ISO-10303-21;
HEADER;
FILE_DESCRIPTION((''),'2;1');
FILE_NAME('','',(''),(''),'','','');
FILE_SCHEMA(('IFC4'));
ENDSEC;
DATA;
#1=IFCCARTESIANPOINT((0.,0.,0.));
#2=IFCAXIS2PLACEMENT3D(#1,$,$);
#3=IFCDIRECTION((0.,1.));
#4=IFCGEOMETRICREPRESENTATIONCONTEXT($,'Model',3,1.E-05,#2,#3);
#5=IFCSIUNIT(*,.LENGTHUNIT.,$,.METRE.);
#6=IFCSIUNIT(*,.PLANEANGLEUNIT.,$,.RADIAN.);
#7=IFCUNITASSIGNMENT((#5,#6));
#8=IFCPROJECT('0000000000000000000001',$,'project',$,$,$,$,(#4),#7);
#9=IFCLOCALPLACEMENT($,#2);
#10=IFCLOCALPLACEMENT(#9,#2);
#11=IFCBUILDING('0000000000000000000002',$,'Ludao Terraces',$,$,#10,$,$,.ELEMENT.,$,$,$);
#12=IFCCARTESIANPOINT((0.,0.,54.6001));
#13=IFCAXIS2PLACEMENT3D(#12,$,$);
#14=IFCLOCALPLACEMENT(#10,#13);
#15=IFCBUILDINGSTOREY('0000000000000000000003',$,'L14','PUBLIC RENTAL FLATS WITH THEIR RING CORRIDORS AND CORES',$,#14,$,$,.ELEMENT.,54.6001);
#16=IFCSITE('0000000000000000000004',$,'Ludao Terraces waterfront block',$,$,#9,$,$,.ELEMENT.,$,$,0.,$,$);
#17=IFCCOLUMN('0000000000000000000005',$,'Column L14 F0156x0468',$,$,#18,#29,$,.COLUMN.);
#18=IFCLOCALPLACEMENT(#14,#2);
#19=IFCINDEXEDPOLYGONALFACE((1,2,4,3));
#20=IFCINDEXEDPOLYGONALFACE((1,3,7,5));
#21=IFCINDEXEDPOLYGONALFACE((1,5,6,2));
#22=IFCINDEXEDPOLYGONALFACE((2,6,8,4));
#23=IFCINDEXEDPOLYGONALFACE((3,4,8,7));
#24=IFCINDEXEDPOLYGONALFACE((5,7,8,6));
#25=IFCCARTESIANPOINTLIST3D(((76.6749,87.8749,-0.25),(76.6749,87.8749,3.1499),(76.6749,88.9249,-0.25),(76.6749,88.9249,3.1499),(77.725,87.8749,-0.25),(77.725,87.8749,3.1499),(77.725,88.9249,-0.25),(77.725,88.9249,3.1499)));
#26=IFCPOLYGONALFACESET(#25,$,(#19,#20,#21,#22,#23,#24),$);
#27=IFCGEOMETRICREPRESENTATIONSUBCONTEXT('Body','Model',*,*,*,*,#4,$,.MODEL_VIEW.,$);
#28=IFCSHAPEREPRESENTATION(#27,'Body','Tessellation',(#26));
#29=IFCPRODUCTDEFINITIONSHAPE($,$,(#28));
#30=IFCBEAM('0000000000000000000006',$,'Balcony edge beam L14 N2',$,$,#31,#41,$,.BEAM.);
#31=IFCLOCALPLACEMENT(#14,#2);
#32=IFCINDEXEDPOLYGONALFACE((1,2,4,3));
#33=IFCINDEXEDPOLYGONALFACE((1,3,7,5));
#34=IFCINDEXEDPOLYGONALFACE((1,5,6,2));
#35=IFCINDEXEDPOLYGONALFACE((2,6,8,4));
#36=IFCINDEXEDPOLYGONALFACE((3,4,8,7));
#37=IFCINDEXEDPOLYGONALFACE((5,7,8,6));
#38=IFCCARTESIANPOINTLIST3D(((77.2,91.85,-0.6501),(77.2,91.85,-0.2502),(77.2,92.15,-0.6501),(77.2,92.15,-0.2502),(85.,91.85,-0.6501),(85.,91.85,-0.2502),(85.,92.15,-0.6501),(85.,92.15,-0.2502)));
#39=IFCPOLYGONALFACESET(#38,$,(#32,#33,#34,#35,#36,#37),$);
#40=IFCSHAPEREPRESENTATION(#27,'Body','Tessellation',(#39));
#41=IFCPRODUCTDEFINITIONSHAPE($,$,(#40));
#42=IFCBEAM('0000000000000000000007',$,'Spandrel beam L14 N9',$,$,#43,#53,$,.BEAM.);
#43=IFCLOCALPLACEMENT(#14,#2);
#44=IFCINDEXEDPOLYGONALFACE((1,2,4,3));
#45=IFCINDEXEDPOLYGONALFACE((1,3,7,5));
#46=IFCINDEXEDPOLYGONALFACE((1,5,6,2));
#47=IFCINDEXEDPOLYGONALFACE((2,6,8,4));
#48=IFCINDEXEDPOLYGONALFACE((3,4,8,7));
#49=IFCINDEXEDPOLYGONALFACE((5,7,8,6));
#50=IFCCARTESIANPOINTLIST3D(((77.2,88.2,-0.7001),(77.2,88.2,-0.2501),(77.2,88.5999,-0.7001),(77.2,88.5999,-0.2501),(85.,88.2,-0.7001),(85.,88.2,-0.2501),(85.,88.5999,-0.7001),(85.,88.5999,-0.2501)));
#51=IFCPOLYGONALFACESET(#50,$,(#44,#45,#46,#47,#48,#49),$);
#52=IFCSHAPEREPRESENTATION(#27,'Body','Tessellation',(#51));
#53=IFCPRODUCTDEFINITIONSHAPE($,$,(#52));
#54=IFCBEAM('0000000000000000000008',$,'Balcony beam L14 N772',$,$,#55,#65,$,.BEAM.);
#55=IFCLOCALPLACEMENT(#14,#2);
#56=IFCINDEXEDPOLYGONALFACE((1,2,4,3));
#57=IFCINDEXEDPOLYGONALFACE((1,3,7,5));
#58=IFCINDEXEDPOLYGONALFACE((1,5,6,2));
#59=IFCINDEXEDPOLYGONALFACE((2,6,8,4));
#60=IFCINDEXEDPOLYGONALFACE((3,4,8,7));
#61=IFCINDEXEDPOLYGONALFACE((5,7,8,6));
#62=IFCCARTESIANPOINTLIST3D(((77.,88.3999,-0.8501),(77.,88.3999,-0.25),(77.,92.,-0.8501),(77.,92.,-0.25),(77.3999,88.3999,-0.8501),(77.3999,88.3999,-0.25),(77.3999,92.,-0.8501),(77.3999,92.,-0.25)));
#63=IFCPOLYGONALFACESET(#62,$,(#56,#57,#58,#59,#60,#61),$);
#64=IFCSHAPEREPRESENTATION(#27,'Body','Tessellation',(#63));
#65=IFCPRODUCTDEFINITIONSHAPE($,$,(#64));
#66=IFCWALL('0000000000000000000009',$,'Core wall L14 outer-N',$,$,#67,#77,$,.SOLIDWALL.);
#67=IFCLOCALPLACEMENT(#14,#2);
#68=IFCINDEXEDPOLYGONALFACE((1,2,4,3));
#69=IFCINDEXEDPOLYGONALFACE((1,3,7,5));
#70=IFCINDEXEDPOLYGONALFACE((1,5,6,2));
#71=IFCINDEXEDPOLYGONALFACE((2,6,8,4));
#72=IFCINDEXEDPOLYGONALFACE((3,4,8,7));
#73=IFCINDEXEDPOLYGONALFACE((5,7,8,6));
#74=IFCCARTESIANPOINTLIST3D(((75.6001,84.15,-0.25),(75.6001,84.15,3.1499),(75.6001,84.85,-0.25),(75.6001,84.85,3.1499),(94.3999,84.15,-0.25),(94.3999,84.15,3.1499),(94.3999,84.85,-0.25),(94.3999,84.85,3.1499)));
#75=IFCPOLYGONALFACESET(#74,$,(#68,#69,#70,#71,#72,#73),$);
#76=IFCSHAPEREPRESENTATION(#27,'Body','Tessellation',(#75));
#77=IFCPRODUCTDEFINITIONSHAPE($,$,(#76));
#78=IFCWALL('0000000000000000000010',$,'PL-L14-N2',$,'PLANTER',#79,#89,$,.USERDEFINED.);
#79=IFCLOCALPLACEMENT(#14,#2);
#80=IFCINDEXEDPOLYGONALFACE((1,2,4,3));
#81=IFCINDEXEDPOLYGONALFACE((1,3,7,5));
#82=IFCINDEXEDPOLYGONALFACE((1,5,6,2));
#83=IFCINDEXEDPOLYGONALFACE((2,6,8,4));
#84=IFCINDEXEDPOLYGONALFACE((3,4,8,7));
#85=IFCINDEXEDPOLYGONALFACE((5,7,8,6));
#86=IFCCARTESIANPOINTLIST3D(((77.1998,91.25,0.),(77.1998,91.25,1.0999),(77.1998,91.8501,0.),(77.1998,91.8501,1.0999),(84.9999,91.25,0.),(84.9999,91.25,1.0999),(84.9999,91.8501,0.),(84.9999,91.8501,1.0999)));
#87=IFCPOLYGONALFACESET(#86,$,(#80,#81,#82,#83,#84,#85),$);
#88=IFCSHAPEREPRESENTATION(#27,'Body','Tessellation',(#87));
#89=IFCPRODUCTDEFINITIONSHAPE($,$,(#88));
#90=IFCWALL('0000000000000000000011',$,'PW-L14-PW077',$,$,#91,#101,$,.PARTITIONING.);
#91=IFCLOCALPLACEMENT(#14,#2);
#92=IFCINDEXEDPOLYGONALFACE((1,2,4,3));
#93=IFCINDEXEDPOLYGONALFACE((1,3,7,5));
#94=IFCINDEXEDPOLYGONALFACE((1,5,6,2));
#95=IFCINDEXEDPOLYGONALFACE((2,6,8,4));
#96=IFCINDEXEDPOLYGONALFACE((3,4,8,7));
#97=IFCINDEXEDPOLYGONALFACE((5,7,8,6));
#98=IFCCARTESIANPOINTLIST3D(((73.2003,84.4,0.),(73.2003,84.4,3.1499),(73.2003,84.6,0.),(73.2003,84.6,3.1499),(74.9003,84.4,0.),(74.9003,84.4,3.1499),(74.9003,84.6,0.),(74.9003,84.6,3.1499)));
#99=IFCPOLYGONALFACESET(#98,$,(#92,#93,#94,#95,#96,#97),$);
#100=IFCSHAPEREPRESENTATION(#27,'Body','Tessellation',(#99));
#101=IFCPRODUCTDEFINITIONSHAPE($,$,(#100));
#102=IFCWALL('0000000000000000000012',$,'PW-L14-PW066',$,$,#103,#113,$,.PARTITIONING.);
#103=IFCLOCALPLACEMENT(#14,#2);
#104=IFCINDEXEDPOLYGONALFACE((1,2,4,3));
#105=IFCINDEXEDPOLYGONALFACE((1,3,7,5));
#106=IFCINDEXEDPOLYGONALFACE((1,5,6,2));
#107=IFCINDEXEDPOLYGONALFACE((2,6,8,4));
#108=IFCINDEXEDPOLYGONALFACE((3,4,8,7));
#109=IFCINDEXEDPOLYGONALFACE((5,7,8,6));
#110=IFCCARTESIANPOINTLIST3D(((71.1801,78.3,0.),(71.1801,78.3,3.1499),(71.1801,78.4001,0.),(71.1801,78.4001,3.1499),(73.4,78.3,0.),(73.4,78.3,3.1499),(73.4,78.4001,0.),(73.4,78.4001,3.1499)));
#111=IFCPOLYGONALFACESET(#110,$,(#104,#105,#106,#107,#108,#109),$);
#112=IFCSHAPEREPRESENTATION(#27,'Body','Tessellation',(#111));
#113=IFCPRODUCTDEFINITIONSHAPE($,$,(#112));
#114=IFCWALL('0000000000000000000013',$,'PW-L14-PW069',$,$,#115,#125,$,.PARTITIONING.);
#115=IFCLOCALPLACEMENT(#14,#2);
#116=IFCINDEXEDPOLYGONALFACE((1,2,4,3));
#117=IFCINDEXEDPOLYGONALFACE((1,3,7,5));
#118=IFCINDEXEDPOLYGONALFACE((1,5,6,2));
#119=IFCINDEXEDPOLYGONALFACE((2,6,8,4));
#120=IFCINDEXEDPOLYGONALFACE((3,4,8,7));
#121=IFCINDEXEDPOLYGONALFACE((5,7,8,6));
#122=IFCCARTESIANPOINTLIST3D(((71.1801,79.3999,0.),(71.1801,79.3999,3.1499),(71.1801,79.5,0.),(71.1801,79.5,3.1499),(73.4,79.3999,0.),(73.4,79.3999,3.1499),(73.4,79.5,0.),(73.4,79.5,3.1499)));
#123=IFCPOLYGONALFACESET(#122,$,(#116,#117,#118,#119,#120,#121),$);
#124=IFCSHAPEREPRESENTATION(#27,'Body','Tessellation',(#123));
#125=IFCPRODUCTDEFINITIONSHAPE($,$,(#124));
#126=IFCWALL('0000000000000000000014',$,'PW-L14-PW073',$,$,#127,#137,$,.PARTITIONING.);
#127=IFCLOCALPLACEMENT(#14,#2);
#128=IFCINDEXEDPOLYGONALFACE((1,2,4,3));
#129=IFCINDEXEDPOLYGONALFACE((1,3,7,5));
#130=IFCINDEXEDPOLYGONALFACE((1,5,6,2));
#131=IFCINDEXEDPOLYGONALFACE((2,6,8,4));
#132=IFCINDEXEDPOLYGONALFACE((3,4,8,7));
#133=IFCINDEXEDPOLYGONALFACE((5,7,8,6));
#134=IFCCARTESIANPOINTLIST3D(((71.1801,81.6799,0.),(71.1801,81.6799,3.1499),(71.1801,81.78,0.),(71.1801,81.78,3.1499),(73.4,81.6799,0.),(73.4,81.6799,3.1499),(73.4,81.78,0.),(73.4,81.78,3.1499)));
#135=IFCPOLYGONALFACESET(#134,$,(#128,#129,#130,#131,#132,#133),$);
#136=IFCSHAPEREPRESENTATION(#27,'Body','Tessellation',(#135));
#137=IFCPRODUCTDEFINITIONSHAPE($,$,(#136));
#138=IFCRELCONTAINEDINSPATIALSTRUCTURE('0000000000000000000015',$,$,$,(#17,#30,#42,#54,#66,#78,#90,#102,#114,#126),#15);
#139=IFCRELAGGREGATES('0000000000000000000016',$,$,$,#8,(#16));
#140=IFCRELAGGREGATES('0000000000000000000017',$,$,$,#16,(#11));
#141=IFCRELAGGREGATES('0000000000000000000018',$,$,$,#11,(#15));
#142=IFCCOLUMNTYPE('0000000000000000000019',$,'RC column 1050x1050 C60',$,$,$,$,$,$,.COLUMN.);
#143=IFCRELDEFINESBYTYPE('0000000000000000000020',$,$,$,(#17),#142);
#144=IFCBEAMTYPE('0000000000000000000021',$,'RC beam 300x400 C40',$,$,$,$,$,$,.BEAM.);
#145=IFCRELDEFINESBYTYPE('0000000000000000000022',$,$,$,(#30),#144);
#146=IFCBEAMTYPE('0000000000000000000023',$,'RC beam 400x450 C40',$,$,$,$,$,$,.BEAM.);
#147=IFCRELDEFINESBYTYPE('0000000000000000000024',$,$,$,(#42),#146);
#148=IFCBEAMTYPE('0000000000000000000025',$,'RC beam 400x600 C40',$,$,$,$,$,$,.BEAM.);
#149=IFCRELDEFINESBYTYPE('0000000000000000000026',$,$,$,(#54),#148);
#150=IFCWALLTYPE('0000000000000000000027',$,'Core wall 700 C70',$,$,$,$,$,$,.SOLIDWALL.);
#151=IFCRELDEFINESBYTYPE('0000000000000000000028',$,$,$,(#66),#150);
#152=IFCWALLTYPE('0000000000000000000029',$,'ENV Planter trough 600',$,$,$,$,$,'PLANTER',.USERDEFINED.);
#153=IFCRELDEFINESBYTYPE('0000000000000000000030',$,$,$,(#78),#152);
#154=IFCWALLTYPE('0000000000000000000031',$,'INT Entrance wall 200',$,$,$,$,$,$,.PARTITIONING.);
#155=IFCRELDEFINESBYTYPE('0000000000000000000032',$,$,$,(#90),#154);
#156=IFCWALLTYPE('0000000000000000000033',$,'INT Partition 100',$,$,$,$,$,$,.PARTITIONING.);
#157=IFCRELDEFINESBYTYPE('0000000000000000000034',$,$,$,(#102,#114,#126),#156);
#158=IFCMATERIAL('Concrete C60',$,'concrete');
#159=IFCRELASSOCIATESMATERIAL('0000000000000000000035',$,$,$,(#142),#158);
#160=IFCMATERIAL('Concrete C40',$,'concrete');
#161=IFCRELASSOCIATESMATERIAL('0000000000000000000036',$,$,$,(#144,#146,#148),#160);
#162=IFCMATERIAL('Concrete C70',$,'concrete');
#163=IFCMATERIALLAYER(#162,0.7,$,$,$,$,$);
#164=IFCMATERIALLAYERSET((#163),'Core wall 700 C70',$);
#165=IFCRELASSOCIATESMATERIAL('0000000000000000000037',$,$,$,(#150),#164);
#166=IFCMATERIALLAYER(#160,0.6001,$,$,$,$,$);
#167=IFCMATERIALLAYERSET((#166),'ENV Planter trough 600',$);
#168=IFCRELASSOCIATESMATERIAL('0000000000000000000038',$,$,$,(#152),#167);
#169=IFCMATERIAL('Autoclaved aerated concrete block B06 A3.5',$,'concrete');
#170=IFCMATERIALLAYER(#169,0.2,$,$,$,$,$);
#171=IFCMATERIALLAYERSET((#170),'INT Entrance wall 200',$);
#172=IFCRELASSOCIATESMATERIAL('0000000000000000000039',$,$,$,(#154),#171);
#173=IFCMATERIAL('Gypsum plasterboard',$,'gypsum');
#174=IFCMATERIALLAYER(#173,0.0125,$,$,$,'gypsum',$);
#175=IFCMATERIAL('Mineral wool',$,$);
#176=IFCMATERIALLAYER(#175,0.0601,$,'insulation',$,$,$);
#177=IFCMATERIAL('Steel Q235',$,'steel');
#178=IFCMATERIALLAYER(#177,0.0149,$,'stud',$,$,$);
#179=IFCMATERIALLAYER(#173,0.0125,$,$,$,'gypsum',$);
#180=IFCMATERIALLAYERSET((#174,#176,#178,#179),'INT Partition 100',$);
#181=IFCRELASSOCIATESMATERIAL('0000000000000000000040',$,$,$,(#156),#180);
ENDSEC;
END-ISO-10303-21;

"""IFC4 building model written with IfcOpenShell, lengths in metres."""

from ifc_helpers import new_model, si_unit, direction, frame, frame_2d, origin, origin_2d, place, context, subcontext, project, spatial, rectangle, extrude, material, layer, layer_set, material_profile, profile_set, type_object, element, save


model = new_model("IFC4")

# Units and contexts
model_context = context("Model", 3, precision=1e-05, world=origin(), true_north=direction((0.0, 1.0)))
body_context = subcontext(model_context, "Body", "Model", "MODEL_VIEW")
ifc_project = project(units=[si_unit("LENGTHUNIT", "METRE"), si_unit("PLANEANGLEUNIT", "RADIAN")], contexts=[model_context])

# Site, building, storey
site_placement = place(None, origin())
site = spatial("IfcSite", under=ifc_project, at=site_placement, Name="Ludao Terraces waterfront block", CompositionType="ELEMENT", RefElevation=0.0)
building_placement = place(site_placement, origin())
building = spatial("IfcBuilding", under=site, at=building_placement, Name="Ludao Terraces", CompositionType="ELEMENT")
storey_placement = place(building_placement, frame((0.0, 0.0, 54.6001)))
storey = spatial("IfcBuildingStorey", under=building, at=storey_placement, Name="L14", Description="PUBLIC RENTAL FLATS WITH THEIR RING CORRIDORS AND CORES", CompositionType="ELEMENT", Elevation=54.6001)

# Column
ifc_material_1 = material(Name="Concrete C60", Category="concrete")
ifc_material_profile_1 = material_profile(ifc_material_1, rectangle(XDim=1.05, YDim=1.05, at=origin_2d()), Name="1050 X 1050")
ifc_profile_set_1 = profile_set([ifc_material_profile_1], Name="Concrete C60")
column_type = type_object("IfcColumnType", Name="RC column 1050x1050 C60", PredefinedType="COLUMN", material=ifc_profile_set_1)
column_placement = place(storey_placement, frame((77.2, 88.3999, -0.25), z_axis=(0.0, 0.0, 1.0), x_axis=(1.0, 0.0, 0.0)))
element("IfcColumn", 1, at=column_placement, inside=storey, type_object=column_type, Name="Column L14 F0156x0468", PredefinedType="COLUMN", context=body_context, shape_type="SweptSolid", body=[
    extrude(rectangle(XDim=1.05, YDim=1.05, at=origin_2d()), origin(), (0.0, 0.0, 1.0), 3.3999),
])

# Beams
ifc_material_2 = material(Name="Concrete C40", Category="concrete")
ifc_material_profile_2 = material_profile(ifc_material_2, rectangle(XDim=0.3, YDim=0.3999, at=origin_2d()), Name="300 X 400")
ifc_profile_set_2 = profile_set([ifc_material_profile_2], Name="Concrete C40")
beam_type_1 = type_object("IfcBeamType", Name="RC beam 300x400 C40", PredefinedType="BEAM", material=ifc_profile_set_2)
beam_1_placement = place(storey_placement, frame((77.2, 92.0, -0.4502), z_axis=(1.0, 0.0, 0.0), x_axis=(0.0, 1.0, 0.0)))
element("IfcBeam", 2, at=beam_1_placement, inside=storey, type_object=beam_type_1, Name="Balcony edge beam L14 N2", PredefinedType="BEAM", context=body_context, shape_type="SweptSolid", body=[
    extrude(rectangle(XDim=0.3, YDim=0.3999, at=origin_2d()), origin(), (0.0, 0.0, 1.0), 7.8),
])
ifc_material_profile_3 = material_profile(ifc_material_2, rectangle(XDim=0.3999, YDim=0.45, at=origin_2d()), Name="400 X 450")
ifc_profile_set_3 = profile_set([ifc_material_profile_3], Name="Concrete C40")
beam_type_2 = type_object("IfcBeamType", Name="RC beam 400x450 C40", PredefinedType="BEAM", material=ifc_profile_set_3)
beam_2_placement = place(storey_placement, frame((77.2, 88.3999, -0.4751), z_axis=(1.0, 0.0, 0.0), x_axis=(0.0, 1.0, 0.0)))
element("IfcBeam", 3, at=beam_2_placement, inside=storey, type_object=beam_type_2, Name="Spandrel beam L14 N9", PredefinedType="BEAM", context=body_context, shape_type="SweptSolid", body=[
    extrude(rectangle(XDim=0.3999, YDim=0.45, at=origin_2d()), origin(), (0.0, 0.0, 1.0), 7.8),
])
ifc_material_profile_4 = material_profile(ifc_material_2, rectangle(XDim=0.3999, YDim=0.6001, at=origin_2d()), Name="400 X 600")
ifc_profile_set_4 = profile_set([ifc_material_profile_4], Name="Concrete C40")
beam_type_3 = type_object("IfcBeamType", Name="RC beam 400x600 C40", PredefinedType="BEAM", material=ifc_profile_set_4)
beam_3_placement = place(storey_placement, frame((77.2, 88.3999, -0.55), z_axis=(0.0, 1.0, 0.0), x_axis=(-1.0, 0.0, 0.0)))
element("IfcBeam", 4, at=beam_3_placement, inside=storey, type_object=beam_type_3, Name="Balcony beam L14 N772", PredefinedType="BEAM", context=body_context, shape_type="SweptSolid", body=[
    extrude(rectangle(XDim=0.3999, YDim=0.6001, at=origin_2d()), origin(), (0.0, 0.0, 1.0), 3.6001),
])

# Walls
ifc_material_3 = material(Name="Concrete C70", Category="concrete")
ifc_layer_1 = layer(ifc_material_3, 0.7)
ifc_layer_set_1 = layer_set([ifc_layer_1], Name="Core wall 700 C70")
wall_type_1 = type_object("IfcWallType", Name="Core wall 700 C70", PredefinedType="SOLIDWALL", material=ifc_layer_set_1)
wall_1_placement = place(storey_placement, frame((75.6001, 84.5, -0.25), z_axis=(0.0, 0.0, 1.0), x_axis=(1.0, 0.0, 0.0)))
element("IfcWall", 5, at=wall_1_placement, inside=storey, type_object=wall_type_1, Name="Core wall L14 outer-N", PredefinedType="SOLIDWALL", context=body_context, shape_type="SweptSolid", body=[
    extrude(rectangle(XDim=18.7998, YDim=0.7, at=frame_2d((9.3999, 0.0))), origin(), (0.0, 0.0, 1.0), 3.3999),
])
ifc_layer_2 = layer(ifc_material_2, 0.6001)
ifc_layer_set_2 = layer_set([ifc_layer_2], Name="ENV Planter trough 600")
wall_type_2 = type_object("IfcWallType", Name="ENV Planter trough 600", ElementType="PLANTER", PredefinedType="USERDEFINED", material=ifc_layer_set_2)
wall_2_placement = place(storey_placement, frame((77.2, 91.55, 0.0), z_axis=(0.0, 0.0, 1.0), x_axis=(1.0, 0.0, 0.0)))
element("IfcWall", 6, at=wall_2_placement, inside=storey, type_object=wall_type_2, Name="PL-L14-N2", ObjectType="PLANTER", PredefinedType="USERDEFINED", context=body_context, shape_type="SweptSolid", body=[
    extrude(rectangle(XDim=7.8, YDim=0.6001, at=frame_2d((3.8999, 0.0))), origin(), (0.0, 0.0, 1.0), 1.0999),
])

# Shared definitions
ifc_material_4 = material(Name="Mineral wool")

# Walls
ifc_material_5 = material(Name="Autoclaved aerated concrete block B06 A3.5", Category="concrete")
ifc_layer_3 = layer(ifc_material_5, 0.2)
ifc_layer_set_3 = layer_set([ifc_layer_3], Name="INT Entrance wall 200")
wall_type_3 = type_object("IfcWallType", Name="INT Entrance wall 200", PredefinedType="PARTITIONING", material=ifc_layer_set_3)
wall_3_placement = place(storey_placement, frame((73.2002, 84.5, 0.0), z_axis=(0.0, 0.0, 1.0), x_axis=(1.0, 0.0, 0.0)))
element("IfcWall", 7, at=wall_3_placement, inside=storey, type_object=wall_type_3, Name="PW-L14-PW077", PredefinedType="PARTITIONING", context=body_context, shape_type="SweptSolid", body=[
    extrude(rectangle(XDim=1.7, YDim=0.2, at=frame_2d((0.8501, 0.0))), origin(), (0.0, 0.0, 1.0), 3.1499),
])
ifc_material_6 = material(Name="Gypsum plasterboard", Category="gypsum")
ifc_layer_4 = layer(ifc_material_6, 0.0125, Category="gypsum")
ifc_layer_5 = layer(ifc_material_4, 0.0601, Name="insulation")
ifc_material_7 = material(Name="Steel Q235", Category="steel")
ifc_layer_6 = layer(ifc_material_7, 0.0149, Name="stud")
ifc_layer_7 = layer(ifc_material_6, 0.0125, Category="gypsum")
ifc_layer_set_4 = layer_set([ifc_layer_4, ifc_layer_5, ifc_layer_6, ifc_layer_7], Name="INT Partition 100")
wall_type_4 = type_object("IfcWallType", Name="INT Partition 100", PredefinedType="PARTITIONING", material=ifc_layer_set_4)
for number, where, z_axis, x_axis, name in (
    (8, (71.1802, 78.3501, 0.0), (0.0, 0.0, 1.0), (1.0, 0.0, 0.0), "PW-L14-PW066"),
    (9, (71.1802, 79.45, 0.0), (0.0, 0.0, 1.0), (1.0, 0.0, 0.0), "PW-L14-PW069"),
    (10, (71.1802, 81.73, 0.0), (0.0, 0.0, 1.0), (1.0, 0.0, 0.0), "PW-L14-PW073"),
):
    element("IfcWall", number, at=place(storey_placement, frame(where, z_axis=z_axis, x_axis=x_axis)), inside=storey, type_object=wall_type_4, Name=name, PredefinedType="PARTITIONING", context=body_context, shape_type="SweptSolid", body=[
        extrude(rectangle(XDim=2.22, YDim=0.1001, at=frame_2d((1.1099, 0.0))), origin(), (0.0, 0.0, 1.0), 3.1499),
    ])

save(model, "model.ifc")
